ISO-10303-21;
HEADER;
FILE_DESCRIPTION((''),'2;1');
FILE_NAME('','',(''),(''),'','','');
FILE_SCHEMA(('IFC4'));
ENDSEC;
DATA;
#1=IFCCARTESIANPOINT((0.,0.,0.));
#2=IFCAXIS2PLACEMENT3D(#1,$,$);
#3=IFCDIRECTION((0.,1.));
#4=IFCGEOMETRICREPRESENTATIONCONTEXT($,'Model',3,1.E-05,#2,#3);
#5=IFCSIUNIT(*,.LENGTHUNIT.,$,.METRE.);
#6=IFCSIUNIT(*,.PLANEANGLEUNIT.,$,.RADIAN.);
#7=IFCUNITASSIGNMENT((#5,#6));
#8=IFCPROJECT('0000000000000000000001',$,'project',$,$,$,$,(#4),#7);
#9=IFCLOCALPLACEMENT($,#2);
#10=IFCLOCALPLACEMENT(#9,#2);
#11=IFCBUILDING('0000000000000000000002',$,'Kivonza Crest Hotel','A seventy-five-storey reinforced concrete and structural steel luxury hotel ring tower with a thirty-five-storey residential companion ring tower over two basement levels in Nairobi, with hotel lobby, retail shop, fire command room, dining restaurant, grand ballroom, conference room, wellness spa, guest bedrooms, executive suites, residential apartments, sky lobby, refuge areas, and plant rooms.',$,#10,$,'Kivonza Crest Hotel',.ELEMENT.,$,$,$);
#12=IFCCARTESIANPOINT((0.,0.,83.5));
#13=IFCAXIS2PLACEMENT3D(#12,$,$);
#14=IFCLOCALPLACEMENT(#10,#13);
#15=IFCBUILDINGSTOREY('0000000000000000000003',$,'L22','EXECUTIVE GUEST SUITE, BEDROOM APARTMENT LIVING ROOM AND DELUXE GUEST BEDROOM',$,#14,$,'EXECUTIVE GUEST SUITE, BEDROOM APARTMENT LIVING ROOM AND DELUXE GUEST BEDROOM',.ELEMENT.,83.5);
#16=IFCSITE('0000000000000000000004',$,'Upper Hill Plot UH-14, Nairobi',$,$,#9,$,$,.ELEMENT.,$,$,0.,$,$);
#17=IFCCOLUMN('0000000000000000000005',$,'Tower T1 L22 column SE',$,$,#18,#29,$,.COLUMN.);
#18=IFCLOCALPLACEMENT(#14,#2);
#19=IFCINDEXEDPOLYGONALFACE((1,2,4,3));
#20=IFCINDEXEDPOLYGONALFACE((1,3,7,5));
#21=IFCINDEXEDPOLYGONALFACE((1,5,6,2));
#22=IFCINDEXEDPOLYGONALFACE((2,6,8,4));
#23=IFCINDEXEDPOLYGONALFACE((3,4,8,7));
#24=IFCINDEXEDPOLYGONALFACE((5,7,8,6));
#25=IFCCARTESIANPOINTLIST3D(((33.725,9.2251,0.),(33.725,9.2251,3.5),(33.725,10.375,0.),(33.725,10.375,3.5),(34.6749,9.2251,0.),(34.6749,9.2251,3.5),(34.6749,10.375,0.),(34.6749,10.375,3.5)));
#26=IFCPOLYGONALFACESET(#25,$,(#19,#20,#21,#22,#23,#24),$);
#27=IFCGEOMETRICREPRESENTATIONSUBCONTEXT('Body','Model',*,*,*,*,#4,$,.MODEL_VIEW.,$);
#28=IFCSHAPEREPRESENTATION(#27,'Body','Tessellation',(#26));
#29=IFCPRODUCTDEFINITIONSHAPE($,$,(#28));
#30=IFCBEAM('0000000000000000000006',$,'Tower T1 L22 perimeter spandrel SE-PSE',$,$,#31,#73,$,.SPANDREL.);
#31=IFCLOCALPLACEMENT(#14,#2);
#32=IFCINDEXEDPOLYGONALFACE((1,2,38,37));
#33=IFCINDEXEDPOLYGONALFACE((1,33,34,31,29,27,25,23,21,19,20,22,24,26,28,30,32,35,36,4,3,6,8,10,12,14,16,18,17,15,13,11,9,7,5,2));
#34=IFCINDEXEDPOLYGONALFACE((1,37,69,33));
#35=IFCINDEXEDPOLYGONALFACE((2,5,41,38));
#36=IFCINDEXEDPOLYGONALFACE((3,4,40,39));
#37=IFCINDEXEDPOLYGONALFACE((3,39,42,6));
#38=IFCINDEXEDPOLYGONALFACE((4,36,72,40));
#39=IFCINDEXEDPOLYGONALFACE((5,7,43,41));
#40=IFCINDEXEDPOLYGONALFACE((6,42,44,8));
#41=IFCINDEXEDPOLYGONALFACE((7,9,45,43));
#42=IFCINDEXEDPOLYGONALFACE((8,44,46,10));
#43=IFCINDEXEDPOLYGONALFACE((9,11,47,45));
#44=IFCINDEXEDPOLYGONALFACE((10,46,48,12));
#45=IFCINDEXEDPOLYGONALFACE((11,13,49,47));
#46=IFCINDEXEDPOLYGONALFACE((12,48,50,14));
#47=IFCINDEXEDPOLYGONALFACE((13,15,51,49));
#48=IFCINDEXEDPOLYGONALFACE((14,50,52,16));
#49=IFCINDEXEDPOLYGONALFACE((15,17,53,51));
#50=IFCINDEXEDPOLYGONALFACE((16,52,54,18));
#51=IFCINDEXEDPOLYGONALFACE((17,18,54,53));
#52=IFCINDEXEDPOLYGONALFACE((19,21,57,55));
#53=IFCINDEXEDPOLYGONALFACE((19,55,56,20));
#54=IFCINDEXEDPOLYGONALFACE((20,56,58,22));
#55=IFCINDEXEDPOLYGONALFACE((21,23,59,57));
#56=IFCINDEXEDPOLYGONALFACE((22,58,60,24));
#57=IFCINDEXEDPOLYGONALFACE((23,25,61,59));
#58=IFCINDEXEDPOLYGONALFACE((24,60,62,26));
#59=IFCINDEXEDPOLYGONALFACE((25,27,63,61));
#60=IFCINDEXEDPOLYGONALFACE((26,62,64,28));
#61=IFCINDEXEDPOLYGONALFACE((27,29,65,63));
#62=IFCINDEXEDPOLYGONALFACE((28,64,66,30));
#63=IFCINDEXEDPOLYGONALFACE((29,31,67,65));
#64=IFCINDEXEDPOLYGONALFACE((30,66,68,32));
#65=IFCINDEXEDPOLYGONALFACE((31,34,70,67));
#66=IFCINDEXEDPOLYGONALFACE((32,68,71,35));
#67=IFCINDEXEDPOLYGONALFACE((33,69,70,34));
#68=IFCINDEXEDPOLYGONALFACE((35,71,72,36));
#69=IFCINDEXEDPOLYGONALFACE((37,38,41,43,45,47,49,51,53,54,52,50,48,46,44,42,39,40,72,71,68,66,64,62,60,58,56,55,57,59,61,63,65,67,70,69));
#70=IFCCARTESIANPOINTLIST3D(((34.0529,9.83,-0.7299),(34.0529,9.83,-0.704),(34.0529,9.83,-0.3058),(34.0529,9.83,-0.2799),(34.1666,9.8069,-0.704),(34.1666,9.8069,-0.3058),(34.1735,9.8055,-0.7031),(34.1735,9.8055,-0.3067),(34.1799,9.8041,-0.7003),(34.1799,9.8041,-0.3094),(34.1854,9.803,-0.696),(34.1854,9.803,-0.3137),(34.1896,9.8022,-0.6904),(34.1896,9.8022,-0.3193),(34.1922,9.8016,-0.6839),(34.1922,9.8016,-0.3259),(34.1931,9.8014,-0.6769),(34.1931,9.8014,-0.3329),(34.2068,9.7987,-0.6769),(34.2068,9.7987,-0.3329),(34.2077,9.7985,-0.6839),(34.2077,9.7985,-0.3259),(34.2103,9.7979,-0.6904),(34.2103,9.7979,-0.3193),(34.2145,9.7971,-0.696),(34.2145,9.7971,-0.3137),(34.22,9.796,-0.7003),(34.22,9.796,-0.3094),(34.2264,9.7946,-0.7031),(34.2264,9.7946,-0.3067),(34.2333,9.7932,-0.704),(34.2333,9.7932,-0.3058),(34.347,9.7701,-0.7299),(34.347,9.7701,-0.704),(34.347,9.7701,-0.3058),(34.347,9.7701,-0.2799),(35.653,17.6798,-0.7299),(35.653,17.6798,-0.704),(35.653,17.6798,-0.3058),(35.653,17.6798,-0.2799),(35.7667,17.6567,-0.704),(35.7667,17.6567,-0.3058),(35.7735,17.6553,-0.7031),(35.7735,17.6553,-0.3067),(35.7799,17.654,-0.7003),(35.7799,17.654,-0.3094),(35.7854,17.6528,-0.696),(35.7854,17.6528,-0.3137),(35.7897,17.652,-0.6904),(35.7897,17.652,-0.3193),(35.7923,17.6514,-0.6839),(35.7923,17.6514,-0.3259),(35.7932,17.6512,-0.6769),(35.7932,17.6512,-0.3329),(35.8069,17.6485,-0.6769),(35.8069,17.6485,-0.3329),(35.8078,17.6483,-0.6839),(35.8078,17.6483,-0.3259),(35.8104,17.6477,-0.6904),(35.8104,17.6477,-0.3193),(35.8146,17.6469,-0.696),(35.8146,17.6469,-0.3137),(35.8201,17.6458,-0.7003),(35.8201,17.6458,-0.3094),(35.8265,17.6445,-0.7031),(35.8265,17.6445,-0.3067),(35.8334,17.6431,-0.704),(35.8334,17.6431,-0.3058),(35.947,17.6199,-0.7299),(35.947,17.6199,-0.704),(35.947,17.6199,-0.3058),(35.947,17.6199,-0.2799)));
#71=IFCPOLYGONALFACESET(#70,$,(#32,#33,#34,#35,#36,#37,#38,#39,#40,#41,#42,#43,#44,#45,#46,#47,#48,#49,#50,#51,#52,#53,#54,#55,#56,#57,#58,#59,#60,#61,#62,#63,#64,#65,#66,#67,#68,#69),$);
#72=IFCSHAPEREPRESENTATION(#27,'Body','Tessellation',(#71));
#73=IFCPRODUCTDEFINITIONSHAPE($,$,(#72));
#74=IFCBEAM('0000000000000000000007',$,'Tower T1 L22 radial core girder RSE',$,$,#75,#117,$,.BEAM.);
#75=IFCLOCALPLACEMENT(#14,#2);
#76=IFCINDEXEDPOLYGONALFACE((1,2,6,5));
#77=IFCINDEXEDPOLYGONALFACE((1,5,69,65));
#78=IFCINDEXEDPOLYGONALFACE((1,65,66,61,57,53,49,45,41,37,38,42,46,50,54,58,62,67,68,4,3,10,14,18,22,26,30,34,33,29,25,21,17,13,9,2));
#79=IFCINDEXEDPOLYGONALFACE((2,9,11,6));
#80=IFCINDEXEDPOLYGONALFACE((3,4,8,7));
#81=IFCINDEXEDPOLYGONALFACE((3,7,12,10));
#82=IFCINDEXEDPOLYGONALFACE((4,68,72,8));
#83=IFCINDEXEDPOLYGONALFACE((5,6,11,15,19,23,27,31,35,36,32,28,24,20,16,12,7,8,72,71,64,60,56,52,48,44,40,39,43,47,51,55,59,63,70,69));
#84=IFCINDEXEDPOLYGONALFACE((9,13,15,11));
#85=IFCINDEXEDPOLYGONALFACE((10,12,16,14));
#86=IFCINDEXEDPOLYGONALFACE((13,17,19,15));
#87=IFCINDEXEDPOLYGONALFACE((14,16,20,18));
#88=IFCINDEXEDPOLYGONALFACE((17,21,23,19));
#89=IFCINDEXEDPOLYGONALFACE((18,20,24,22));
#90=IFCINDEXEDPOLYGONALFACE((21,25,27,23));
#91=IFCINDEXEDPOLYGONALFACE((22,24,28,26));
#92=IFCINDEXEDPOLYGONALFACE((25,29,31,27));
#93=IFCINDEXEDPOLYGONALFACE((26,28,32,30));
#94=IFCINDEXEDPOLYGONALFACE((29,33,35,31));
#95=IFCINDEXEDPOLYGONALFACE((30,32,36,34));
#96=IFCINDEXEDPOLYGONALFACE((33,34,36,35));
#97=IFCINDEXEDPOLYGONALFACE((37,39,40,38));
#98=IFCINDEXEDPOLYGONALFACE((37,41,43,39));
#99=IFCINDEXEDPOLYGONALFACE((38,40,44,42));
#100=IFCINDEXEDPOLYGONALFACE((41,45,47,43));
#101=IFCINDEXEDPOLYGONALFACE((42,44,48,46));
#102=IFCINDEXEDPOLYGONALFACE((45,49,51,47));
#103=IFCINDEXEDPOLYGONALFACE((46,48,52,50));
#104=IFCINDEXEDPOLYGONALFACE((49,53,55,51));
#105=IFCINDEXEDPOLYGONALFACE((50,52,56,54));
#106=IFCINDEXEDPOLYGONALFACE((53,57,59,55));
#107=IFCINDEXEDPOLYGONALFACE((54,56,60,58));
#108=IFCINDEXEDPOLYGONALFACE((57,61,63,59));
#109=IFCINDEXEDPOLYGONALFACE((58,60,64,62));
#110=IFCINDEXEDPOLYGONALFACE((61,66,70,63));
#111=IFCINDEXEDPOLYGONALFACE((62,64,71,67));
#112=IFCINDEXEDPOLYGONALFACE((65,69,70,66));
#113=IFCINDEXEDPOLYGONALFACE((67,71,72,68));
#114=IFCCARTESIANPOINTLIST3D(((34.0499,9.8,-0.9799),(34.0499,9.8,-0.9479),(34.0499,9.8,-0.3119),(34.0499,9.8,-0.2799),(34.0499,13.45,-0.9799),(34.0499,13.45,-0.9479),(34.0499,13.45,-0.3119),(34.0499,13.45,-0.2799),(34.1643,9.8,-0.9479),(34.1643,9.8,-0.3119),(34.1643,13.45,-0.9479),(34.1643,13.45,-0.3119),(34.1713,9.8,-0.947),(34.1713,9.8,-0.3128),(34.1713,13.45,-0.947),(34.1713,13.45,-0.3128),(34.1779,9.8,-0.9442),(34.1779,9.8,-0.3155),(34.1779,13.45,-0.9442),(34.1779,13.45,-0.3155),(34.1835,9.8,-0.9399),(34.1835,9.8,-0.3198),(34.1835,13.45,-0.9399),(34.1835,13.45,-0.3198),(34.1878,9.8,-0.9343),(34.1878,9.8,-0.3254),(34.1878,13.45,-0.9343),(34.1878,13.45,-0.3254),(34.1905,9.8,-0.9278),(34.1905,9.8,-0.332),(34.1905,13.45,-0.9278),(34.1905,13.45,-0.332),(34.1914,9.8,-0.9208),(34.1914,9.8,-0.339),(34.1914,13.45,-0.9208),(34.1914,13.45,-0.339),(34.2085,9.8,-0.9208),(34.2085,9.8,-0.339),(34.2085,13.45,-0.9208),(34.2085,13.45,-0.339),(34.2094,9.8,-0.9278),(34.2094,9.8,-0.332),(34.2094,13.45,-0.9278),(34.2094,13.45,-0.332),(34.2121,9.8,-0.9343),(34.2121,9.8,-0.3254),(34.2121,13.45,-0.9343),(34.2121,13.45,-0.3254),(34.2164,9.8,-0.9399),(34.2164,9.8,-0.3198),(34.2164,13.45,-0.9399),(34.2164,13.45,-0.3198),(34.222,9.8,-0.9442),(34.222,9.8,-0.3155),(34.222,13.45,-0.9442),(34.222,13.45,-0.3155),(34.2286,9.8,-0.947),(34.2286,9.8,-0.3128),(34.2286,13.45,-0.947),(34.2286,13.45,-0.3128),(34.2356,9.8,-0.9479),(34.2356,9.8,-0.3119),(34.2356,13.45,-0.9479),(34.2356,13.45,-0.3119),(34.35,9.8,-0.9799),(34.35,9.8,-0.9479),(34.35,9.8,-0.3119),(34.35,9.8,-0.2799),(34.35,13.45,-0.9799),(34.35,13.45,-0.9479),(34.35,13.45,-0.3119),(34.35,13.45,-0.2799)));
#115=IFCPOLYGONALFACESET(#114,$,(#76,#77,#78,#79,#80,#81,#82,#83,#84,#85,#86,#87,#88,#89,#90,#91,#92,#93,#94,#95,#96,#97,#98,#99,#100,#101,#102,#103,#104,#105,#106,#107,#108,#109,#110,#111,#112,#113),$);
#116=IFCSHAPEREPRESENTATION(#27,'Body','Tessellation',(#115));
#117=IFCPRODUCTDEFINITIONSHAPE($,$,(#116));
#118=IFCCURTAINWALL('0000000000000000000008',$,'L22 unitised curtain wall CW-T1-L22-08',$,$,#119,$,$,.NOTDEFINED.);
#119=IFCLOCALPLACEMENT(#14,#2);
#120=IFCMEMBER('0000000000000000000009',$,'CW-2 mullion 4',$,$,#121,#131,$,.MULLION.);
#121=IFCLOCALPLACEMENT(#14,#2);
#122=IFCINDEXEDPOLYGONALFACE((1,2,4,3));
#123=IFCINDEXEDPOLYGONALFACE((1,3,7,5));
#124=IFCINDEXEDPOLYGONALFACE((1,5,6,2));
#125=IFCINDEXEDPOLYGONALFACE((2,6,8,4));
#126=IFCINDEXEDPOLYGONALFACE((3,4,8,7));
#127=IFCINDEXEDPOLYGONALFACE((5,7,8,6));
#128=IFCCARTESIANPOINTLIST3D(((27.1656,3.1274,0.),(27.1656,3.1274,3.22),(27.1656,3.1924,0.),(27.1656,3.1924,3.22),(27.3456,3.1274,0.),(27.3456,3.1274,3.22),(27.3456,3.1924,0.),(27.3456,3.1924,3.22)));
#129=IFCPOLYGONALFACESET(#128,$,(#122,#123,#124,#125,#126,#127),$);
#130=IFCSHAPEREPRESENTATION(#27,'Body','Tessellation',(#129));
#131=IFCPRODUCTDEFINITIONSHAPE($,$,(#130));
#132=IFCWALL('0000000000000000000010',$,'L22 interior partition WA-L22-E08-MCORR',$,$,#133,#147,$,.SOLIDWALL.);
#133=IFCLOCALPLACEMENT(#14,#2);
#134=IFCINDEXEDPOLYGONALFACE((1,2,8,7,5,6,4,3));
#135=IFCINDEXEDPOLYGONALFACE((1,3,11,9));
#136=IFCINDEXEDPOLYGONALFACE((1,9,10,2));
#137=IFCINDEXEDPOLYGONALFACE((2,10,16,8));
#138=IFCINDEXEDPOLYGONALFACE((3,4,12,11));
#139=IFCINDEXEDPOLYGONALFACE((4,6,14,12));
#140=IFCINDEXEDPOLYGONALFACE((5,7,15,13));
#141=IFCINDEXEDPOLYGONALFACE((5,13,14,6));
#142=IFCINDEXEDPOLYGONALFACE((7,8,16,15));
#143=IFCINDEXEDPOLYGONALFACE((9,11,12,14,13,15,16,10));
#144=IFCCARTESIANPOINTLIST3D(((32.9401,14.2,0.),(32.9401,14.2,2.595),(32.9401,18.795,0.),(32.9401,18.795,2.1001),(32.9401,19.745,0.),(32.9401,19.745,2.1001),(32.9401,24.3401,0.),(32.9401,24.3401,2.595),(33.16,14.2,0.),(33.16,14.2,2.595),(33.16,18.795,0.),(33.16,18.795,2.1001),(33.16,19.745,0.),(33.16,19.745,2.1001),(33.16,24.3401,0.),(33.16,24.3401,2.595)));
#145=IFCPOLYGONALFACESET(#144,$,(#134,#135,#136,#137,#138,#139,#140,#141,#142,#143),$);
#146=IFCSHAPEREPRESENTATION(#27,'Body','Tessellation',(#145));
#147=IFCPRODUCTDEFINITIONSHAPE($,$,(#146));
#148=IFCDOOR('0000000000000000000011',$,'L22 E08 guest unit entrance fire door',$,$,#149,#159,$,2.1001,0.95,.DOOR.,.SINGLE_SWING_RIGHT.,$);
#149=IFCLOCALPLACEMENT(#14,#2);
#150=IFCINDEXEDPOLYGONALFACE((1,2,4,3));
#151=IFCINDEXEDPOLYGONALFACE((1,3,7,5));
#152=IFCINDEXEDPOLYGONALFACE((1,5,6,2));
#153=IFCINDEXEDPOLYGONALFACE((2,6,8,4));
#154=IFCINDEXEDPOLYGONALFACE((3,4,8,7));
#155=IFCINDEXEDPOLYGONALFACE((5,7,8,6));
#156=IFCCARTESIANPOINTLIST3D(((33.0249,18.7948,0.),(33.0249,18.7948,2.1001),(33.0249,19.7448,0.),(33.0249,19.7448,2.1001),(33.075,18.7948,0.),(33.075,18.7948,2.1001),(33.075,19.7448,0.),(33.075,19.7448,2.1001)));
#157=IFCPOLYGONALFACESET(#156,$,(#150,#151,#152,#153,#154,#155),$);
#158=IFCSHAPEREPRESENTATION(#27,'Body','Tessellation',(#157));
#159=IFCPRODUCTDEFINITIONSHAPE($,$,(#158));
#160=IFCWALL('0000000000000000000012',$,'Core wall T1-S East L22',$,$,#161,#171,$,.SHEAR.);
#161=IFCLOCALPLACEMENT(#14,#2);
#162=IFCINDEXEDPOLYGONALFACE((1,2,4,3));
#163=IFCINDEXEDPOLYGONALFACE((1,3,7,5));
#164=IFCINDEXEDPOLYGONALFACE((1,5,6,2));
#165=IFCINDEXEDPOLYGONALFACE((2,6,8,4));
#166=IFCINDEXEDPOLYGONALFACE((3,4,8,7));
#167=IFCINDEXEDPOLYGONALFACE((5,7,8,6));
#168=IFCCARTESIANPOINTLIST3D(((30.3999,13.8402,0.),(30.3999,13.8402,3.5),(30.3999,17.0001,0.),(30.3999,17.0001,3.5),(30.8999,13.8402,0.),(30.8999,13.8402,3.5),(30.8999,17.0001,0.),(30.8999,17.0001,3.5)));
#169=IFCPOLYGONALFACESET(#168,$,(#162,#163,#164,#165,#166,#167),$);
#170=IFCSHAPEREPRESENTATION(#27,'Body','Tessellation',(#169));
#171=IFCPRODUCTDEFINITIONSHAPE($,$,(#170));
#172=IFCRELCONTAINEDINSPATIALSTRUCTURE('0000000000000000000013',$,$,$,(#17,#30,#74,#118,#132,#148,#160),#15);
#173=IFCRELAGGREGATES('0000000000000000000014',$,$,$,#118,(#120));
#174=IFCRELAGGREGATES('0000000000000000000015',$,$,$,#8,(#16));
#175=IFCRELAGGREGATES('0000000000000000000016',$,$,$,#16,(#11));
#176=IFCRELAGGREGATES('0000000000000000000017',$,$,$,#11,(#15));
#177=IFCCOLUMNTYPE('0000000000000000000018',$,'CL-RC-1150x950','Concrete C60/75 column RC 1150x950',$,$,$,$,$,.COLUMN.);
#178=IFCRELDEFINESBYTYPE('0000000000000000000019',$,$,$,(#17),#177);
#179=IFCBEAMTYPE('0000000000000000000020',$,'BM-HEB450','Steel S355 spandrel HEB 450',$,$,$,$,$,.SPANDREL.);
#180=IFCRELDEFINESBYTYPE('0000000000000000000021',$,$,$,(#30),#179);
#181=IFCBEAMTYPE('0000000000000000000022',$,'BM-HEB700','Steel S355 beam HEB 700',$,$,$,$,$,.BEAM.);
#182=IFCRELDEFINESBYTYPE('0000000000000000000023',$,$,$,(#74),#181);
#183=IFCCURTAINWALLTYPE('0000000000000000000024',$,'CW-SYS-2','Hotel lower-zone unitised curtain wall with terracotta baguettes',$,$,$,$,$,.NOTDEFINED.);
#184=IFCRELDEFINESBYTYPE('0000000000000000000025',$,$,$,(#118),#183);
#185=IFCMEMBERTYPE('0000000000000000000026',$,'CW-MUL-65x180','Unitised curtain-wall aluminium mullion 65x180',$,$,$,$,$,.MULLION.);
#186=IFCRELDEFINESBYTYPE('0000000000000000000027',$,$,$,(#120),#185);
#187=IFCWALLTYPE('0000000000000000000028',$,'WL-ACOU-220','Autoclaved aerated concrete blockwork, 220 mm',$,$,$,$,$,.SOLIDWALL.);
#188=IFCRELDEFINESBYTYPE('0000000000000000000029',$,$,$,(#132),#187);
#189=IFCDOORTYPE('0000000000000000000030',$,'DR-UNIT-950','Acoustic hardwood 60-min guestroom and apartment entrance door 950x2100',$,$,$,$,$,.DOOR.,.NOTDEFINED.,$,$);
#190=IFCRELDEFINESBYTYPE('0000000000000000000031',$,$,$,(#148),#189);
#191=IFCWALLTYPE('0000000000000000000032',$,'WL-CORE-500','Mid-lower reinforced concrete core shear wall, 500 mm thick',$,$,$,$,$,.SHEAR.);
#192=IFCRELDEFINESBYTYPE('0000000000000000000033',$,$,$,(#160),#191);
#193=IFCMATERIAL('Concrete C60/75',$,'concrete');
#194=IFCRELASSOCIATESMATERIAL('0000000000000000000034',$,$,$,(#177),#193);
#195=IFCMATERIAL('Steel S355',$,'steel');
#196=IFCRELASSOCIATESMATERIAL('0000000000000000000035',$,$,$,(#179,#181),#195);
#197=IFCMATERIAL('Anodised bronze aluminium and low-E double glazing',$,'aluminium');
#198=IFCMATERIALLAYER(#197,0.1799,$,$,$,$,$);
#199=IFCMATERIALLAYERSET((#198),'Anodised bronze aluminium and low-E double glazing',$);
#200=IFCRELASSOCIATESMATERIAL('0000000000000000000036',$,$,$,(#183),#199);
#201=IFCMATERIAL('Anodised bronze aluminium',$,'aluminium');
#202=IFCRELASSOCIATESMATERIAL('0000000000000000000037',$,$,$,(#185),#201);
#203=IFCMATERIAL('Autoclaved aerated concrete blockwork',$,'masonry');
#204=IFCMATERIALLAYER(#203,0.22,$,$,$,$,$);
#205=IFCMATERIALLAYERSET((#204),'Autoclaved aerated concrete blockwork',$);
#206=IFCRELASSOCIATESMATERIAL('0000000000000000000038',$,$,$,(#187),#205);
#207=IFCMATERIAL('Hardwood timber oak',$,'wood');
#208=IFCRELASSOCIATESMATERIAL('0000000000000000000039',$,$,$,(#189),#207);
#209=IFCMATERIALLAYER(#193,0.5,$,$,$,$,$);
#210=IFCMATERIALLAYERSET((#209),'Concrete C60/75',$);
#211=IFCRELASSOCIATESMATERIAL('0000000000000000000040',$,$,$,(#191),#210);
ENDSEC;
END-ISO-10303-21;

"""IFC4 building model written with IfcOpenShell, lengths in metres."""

from ifc_helpers import new_model, si_unit, direction, frame, frame_2d, origin, origin_2d, place, context, subcontext, project, spatial, rectangle, i_section, extrude, material, layer, layer_set, material_profile, profile_set, type_object, element, fill, aggregate, save


model = new_model("IFC4")

# Units and contexts
model_context = context("Model", 3, precision=1e-05, world=origin(), true_north=direction((0.0, 1.0)))
body_context = subcontext(model_context, "Body", "Model", "MODEL_VIEW")
ifc_project = project(units=[si_unit("LENGTHUNIT", "METRE"), si_unit("PLANEANGLEUNIT", "RADIAN")], contexts=[model_context])

# Site, building, storey
site_placement = place(None, origin())
site = spatial("IfcSite", under=ifc_project, at=site_placement, Name="Upper Hill Plot UH-14, Nairobi", CompositionType="ELEMENT", RefElevation=0.0)
building_placement = place(site_placement, origin())
building = spatial("IfcBuilding", under=site, at=building_placement, Name="Kivonza Crest Hotel", Description="A seventy-five-storey reinforced concrete and structural steel luxury hotel ring tower with a thirty-five-storey residential companion ring tower over two basement levels in Nairobi, with hotel lobby, retail shop, fire command room, dining restaurant, grand ballroom, conference room, wellness spa, guest bedrooms, executive suites, residential apartments, sky lobby, refuge areas, and plant rooms.", LongName="Kivonza Crest Hotel", CompositionType="ELEMENT")
storey_placement = place(building_placement, frame((0.0, 0.0, 83.5)))
storey = spatial("IfcBuildingStorey", under=building, at=storey_placement, Name="L22", Description="EXECUTIVE GUEST SUITE, BEDROOM APARTMENT LIVING ROOM AND DELUXE GUEST BEDROOM", LongName="EXECUTIVE GUEST SUITE, BEDROOM APARTMENT LIVING ROOM AND DELUXE GUEST BEDROOM", CompositionType="ELEMENT", Elevation=83.5)

# Column
ifc_material_1 = material(Name="Concrete C60/75", Category="concrete")
ifc_material_profile_1 = material_profile(ifc_material_1, rectangle(XDim=0.95, YDim=1.1499, at=origin_2d()), Name="RC 1150x950")
ifc_profile_set_1 = profile_set([ifc_material_profile_1], Name="Concrete C60/75")
column_type = type_object("IfcColumnType", Name="CL-RC-1150x950", Description="Concrete C60/75 column RC 1150x950", PredefinedType="COLUMN", material=ifc_profile_set_1)
column_placement = place(storey_placement, frame((34.2, 9.8, 0.0), z_axis=(0.0, 0.0, 1.0), x_axis=(1.0, 0.0, 0.0)))
element("IfcColumn", 1, at=column_placement, inside=storey, type_object=column_type, Name="Tower T1 L22 column SE", PredefinedType="COLUMN", context=body_context, shape_type="SweptSolid", body=[
    extrude(rectangle(XDim=0.95, YDim=1.1499, at=origin_2d()), origin(), (0.0, 0.0, 1.0), 3.5),
])

# Beams
ifc_material_2 = material(Name="Steel S355", Category="steel")
ifc_material_profile_2 = material_profile(ifc_material_2, i_section(OverallWidth=0.3, OverallDepth=0.45, WebThickness=0.0139, FlangeThickness=0.0259, FilletRadius=0.0271, at=origin_2d()), Name="HEB 450")
ifc_profile_set_2 = profile_set([ifc_material_profile_2], Name="Steel S355")
beam_type_1 = type_object("IfcBeamType", Name="BM-HEB450", Description="Steel S355 spandrel HEB 450", PredefinedType="SPANDREL", material=ifc_profile_set_2)
beam_1_placement = place(storey_placement, frame((34.2, 9.8, -0.5049), z_axis=(0.199731, 0.979851, 0.0), x_axis=(-0.979851, 0.199731, 0.0)))
element("IfcBeam", 2, at=beam_1_placement, inside=storey, type_object=beam_type_1, Name="Tower T1 L22 perimeter spandrel SE-PSE", PredefinedType="SPANDREL", context=body_context, shape_type="SweptSolid", body=[
    extrude(i_section(OverallWidth=0.3, OverallDepth=0.45, WebThickness=0.0139, FlangeThickness=0.0259, FilletRadius=0.0271, at=origin_2d()), origin(), (0.0, 0.0, 1.0), 8.0112),
])
ifc_material_profile_3 = material_profile(ifc_material_2, i_section(OverallWidth=0.3, OverallDepth=0.7, WebThickness=0.0171, FlangeThickness=0.032, FilletRadius=0.0271, at=origin_2d()), Name="HEB 700")
ifc_profile_set_3 = profile_set([ifc_material_profile_3], Name="Steel S355")
beam_type_2 = type_object("IfcBeamType", Name="BM-HEB700", Description="Steel S355 beam HEB 700", PredefinedType="BEAM", material=ifc_profile_set_3)
beam_2_placement = place(storey_placement, frame((34.2, 9.8, -0.6299), z_axis=(0.0, 1.0, 0.0), x_axis=(-1.0, 0.0, 0.0)))
element("IfcBeam", 3, at=beam_2_placement, inside=storey, type_object=beam_type_2, Name="Tower T1 L22 radial core girder RSE", PredefinedType="BEAM", context=body_context, shape_type="SweptSolid", body=[
    extrude(i_section(OverallWidth=0.3, OverallDepth=0.7, WebThickness=0.0171, FlangeThickness=0.032, FilletRadius=0.0271, at=origin_2d()), origin(), (0.0, 0.0, 1.0), 3.6499),
])

# Curtain wall, member
ifc_material_3 = material(Name="Anodised bronze aluminium and low-E double glazing", Category="aluminium")
ifc_layer_1 = layer(ifc_material_3, 0.1799)
ifc_layer_set_1 = layer_set([ifc_layer_1], Name="Anodised bronze aluminium and low-E double glazing")
curtain_wall_type = type_object("IfcCurtainWallType", Name="CW-SYS-2", Description="Hotel lower-zone unitised curtain wall with terracotta baguettes", PredefinedType="NOTDEFINED", material=ifc_layer_set_1)
curtain_wall_placement = place(storey_placement, origin())
curtain_wall = element("IfcCurtainWall", 4, at=curtain_wall_placement, inside=storey, type_object=curtain_wall_type, Name="L22 unitised curtain wall CW-T1-L22-08", PredefinedType="NOTDEFINED")
ifc_material_4 = material(Name="Anodised bronze aluminium", Category="aluminium")
ifc_material_profile_4 = material_profile(ifc_material_4, rectangle(XDim=0.0649, YDim=0.1799, at=origin_2d()), Name="CW-M 65x180")
ifc_profile_set_4 = profile_set([ifc_material_profile_4], Name="Anodised bronze aluminium")
member_type = type_object("IfcMemberType", Name="CW-MUL-65x180", Description="Unitised curtain-wall aluminium mullion 65x180", PredefinedType="MULLION", material=ifc_profile_set_4)
member_placement = place(storey_placement, frame((27.2556, 3.1599, 0.0), z_axis=(0.0, 0.0, 1.0), x_axis=(0.0, 1.0, 0.0)))
member = element("IfcMember", 5, at=member_placement, type_object=member_type, Name="CW-2 mullion 4", PredefinedType="MULLION", context=body_context, shape_type="SweptSolid", body=[
    extrude(rectangle(XDim=0.0649, YDim=0.1799, at=origin_2d()), origin(), (0.0, 0.0, 1.0), 3.22),
])
aggregate(curtain_wall, [member])

# Wall, opening, door
ifc_material_5 = material(Name="Autoclaved aerated concrete blockwork", Category="masonry")
ifc_layer_2 = layer(ifc_material_5, 0.22)
ifc_layer_set_2 = layer_set([ifc_layer_2], Name="Autoclaved aerated concrete blockwork")
wall_type_1 = type_object("IfcWallType", Name="WL-ACOU-220", Description="Autoclaved aerated concrete blockwork, 220 mm", PredefinedType="SOLIDWALL", material=ifc_layer_set_2)
wall_1_placement = place(storey_placement, frame((33.05, 14.2, 0.0), z_axis=(0.0, 0.0, 1.0), x_axis=(0.0, 1.0, 0.0)))
wall_1 = element("IfcWall", 6, at=wall_1_placement, inside=storey, type_object=wall_type_1, Name="L22 interior partition WA-L22-E08-MCORR", PredefinedType="SOLIDWALL", context=body_context, shape_type="SweptSolid", body=[
    extrude(rectangle(XDim=10.1401, YDim=0.22, at=frame_2d((5.0701, 0.0))), origin(), (0.0, 0.0, 1.0), 2.595),
])
opening_1_placement = place(wall_1_placement, frame((4.595, 0.0, 0.0)))
opening_1 = element("IfcOpeningElement", 7, at=opening_1_placement, cuts=wall_1, PredefinedType="OPENING", context=body_context, shape_type="SweptSolid", body=[
    extrude(rectangle(XDim=0.95, YDim=2.1001, at=frame_2d((0.4751, 1.05))), frame((0.0, 0.1201, 0.0), z_axis=(0.0, -1.0, 0.0), x_axis=(1.0, 0.0, 0.0)), (0.0, 0.0, 1.0), 0.24),
])
ifc_material_6 = material(Name="Hardwood timber oak", Category="wood")
door_type = type_object("IfcDoorType", Name="DR-UNIT-950", Description="Acoustic hardwood 60-min guestroom and apartment entrance door 950x2100", OperationType="NOTDEFINED", PredefinedType="DOOR", material=ifc_material_6)
door_placement = place(opening_1_placement, frame((0.95, 0.0, 0.0), z_axis=(0.0, 0.0, 1.0), x_axis=(-1.0, 0.0, 0.0)))
door = element("IfcDoor", 8, at=door_placement, inside=storey, type_object=door_type, Name="L22 E08 guest unit entrance fire door", OperationType="SINGLE_SWING_RIGHT", OverallHeight=2.1001, OverallWidth=0.95, PredefinedType="DOOR", context=body_context, shape_type="SweptSolid", body=[
    extrude(rectangle(XDim=0.95, YDim=2.1001, at=frame_2d((0.4751, 1.05))), frame((0.0, 0.0249, 0.0), z_axis=(0.0, -1.0, 0.0), x_axis=(1.0, 0.0, 0.0)), (0.0, 0.0, 1.0), 0.05),
])
fill(opening_1, door)

# Wall
ifc_layer_3 = layer(ifc_material_1, 0.5)
ifc_layer_set_3 = layer_set([ifc_layer_3], Name="Concrete C60/75")
wall_type_2 = type_object("IfcWallType", Name="WL-CORE-500", Description="Mid-lower reinforced concrete core shear wall, 500 mm thick", PredefinedType="SHEAR", material=ifc_layer_set_3)
wall_2_placement = place(storey_placement, frame((30.6499, 13.8401, 0.0), z_axis=(0.0, 0.0, 1.0), x_axis=(0.0, 1.0, 0.0)))
element("IfcWall", 9, at=wall_2_placement, inside=storey, type_object=wall_type_2, Name="Core wall T1-S East L22", PredefinedType="SHEAR", context=body_context, shape_type="SweptSolid", body=[
    extrude(rectangle(XDim=3.1599, YDim=0.5, at=frame_2d((1.5801, 0.0))), origin(), (0.0, 0.0, 1.0), 3.5),
])

save(model, "model.ifc")
